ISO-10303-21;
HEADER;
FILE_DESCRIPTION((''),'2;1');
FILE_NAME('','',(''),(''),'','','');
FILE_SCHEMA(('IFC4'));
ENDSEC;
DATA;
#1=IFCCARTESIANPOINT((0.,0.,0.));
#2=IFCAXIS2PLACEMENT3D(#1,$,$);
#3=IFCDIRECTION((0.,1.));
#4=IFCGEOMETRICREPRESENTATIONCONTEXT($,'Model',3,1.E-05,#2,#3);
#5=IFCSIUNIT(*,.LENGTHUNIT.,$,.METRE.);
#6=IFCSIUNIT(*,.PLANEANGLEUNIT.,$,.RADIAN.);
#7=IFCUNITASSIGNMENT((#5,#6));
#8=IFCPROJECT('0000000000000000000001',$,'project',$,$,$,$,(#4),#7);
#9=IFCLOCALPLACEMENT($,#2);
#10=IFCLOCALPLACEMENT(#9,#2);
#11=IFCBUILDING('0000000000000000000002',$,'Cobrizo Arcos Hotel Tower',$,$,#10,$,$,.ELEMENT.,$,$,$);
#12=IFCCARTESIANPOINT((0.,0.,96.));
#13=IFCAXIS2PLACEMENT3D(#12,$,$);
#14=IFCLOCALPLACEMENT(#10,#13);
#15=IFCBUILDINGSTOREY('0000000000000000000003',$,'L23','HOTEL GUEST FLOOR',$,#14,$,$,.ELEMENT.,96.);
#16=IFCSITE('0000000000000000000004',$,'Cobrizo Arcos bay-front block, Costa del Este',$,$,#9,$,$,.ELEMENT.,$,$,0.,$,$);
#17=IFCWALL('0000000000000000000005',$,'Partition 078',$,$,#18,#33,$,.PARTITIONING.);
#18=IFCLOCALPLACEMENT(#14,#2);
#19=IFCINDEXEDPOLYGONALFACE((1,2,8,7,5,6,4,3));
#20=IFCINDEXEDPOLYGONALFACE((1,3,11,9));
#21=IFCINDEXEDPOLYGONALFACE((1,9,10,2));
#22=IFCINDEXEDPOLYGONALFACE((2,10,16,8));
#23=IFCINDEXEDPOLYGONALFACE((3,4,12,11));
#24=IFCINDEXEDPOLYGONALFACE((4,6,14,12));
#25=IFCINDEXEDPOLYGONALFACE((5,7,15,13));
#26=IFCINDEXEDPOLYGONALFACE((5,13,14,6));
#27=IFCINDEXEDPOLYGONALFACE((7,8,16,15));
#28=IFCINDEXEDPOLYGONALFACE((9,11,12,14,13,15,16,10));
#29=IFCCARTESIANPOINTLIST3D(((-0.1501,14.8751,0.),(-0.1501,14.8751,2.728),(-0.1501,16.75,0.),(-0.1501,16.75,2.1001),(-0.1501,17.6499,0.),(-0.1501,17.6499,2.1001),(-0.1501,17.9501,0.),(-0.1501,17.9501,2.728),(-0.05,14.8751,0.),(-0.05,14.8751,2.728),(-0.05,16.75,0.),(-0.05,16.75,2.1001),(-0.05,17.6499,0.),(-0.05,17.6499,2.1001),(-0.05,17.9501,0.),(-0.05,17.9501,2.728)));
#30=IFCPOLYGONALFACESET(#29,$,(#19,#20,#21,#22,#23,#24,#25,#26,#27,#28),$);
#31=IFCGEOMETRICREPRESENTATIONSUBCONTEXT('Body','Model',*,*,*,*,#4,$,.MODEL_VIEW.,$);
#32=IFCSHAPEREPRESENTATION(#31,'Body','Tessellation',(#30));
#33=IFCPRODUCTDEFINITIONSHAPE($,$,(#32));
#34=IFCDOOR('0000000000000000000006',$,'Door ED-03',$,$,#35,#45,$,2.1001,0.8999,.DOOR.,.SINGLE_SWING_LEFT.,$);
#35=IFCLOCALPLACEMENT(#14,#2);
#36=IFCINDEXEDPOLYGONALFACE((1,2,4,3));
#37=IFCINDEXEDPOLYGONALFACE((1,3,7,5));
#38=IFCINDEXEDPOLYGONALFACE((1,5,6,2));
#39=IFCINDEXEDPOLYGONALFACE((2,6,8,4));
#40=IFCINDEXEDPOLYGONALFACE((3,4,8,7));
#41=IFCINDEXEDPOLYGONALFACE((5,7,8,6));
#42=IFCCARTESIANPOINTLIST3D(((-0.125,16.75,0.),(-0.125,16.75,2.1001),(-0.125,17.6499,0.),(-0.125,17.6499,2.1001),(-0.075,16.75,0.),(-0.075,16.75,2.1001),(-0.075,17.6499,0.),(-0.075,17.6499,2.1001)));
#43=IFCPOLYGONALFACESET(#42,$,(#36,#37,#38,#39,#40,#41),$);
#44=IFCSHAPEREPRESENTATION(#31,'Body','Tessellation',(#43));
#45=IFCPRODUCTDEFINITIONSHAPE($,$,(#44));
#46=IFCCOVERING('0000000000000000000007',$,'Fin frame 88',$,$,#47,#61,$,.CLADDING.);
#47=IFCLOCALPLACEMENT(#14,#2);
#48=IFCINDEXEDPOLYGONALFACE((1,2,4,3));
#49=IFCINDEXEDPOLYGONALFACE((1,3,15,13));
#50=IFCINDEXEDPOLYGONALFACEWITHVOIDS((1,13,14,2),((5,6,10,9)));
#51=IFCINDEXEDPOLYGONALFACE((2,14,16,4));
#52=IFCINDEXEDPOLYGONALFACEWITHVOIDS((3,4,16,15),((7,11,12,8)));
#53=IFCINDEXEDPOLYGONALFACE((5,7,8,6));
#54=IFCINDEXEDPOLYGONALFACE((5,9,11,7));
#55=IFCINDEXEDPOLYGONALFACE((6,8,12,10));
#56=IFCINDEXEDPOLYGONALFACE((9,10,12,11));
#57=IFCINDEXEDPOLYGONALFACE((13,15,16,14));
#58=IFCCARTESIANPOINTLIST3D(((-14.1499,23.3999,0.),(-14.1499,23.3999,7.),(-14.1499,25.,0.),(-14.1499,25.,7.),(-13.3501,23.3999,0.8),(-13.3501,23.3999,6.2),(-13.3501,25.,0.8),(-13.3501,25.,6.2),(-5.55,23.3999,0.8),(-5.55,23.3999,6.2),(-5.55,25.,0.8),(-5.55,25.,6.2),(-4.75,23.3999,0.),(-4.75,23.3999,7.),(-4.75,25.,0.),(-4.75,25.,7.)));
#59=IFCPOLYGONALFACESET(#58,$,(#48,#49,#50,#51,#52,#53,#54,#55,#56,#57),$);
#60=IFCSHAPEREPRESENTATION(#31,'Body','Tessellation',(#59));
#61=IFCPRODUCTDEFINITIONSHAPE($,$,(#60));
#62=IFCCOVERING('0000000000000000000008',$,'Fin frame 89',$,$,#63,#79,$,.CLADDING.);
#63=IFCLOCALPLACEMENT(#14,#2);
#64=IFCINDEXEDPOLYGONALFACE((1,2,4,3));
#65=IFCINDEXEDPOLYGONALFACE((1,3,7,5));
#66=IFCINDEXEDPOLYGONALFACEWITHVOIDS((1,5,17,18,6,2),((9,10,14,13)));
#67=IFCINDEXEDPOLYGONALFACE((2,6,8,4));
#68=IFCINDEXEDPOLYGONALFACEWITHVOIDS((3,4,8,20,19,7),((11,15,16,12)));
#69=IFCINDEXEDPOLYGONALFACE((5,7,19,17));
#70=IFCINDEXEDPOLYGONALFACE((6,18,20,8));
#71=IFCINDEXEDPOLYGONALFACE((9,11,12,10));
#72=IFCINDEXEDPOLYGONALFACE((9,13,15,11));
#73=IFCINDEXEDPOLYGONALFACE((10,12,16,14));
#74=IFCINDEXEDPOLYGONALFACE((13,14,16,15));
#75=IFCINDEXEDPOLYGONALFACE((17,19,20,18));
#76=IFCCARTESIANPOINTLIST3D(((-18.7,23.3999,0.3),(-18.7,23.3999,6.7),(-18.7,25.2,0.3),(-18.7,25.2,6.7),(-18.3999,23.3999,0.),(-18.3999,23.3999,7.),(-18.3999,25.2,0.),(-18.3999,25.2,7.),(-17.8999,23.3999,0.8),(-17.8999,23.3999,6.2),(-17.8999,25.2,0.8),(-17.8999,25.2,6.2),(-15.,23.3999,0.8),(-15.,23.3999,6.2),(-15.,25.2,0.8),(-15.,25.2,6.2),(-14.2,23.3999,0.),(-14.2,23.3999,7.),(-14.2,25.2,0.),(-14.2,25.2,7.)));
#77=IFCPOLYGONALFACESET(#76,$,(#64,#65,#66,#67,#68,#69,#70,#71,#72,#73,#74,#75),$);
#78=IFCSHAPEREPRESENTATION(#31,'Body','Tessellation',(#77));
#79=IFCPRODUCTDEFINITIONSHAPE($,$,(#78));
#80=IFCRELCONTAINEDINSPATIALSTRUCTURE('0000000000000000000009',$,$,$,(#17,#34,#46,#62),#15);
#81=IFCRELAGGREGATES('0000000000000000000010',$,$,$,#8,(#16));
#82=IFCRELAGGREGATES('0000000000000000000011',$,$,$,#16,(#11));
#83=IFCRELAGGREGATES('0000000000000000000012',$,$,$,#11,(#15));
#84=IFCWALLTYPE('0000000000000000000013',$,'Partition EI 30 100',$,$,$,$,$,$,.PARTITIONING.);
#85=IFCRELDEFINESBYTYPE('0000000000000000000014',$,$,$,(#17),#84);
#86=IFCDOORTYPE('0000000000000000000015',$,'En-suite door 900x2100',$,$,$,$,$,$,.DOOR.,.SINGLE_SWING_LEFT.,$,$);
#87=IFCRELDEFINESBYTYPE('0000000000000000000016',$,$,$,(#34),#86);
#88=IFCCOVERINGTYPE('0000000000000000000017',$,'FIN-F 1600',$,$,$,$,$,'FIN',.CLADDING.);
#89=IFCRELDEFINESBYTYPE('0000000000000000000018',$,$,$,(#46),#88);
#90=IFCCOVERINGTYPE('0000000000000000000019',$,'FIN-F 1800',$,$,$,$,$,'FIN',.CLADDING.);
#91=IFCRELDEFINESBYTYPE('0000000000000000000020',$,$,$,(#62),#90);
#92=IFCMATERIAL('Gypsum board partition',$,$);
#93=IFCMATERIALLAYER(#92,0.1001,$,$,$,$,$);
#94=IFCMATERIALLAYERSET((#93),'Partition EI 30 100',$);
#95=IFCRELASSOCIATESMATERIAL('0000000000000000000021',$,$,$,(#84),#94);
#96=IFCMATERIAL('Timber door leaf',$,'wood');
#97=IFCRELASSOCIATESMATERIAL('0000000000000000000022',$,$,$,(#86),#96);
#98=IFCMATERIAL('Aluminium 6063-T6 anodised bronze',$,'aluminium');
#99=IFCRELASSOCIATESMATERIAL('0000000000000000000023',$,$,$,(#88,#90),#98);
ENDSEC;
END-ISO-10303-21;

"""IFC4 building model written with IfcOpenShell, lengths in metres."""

from ifc_helpers import new_model, si_unit, direction, frame, frame_2d, origin, place, context, subcontext, project, spatial, polyline, rectangle, outline, extrude, material, layer, layer_set, type_object, element, fill, save


model = new_model("IFC4")

# Units and contexts
model_context = context("Model", 3, precision=1e-05, world=origin(), true_north=direction((0.0, 1.0)))
body_context = subcontext(model_context, "Body", "Model", "MODEL_VIEW")
ifc_project = project(units=[si_unit("LENGTHUNIT", "METRE"), si_unit("PLANEANGLEUNIT", "RADIAN")], contexts=[model_context])

# Site, building, storey
site_placement = place(None, origin())
site = spatial("IfcSite", under=ifc_project, at=site_placement, Name="Cobrizo Arcos bay-front block, Costa del Este", CompositionType="ELEMENT", RefElevation=0.0)
building_placement = place(site_placement, origin())
building = spatial("IfcBuilding", under=site, at=building_placement, Name="Cobrizo Arcos Hotel Tower", CompositionType="ELEMENT")
storey_placement = place(building_placement, frame((0.0, 0.0, 96.0)))
storey = spatial("IfcBuildingStorey", under=building, at=storey_placement, Name="L23", Description="HOTEL GUEST FLOOR", CompositionType="ELEMENT", Elevation=96.0)

# Shared definitions
ifc_material_1 = material(Name="Aluminium 6063-T6 anodised bronze", Category="aluminium")

# Shared definitions
ifc_material_2 = material(Name="Gypsum board partition")
ifc_layer_1 = layer(ifc_material_2, 0.1001)
ifc_layer_set_1 = layer_set([ifc_layer_1], Name="Partition EI 30 100")
wall_type = type_object("IfcWallType", Name="Partition EI 30 100", PredefinedType="PARTITIONING", material=ifc_layer_set_1)

# Wall, opening, door
wall_1_placement = place(storey_placement, frame((-0.1001, 14.875, 0.0), z_axis=(0.0, 0.0, 1.0), x_axis=(0.0, 1.0, 0.0)))
wall_1 = element("IfcWall", 1, at=wall_1_placement, inside=storey, type_object=wall_type, Name="Partition 078", PredefinedType="PARTITIONING", context=body_context, shape_type="SweptSolid", body=[
    extrude(rectangle(XDim=3.075, YDim=0.1001, at=frame_2d((1.5376, 0.0))), origin(), (0.0, 0.0, 1.0), 2.728),
])
opening_placement = place(wall_1_placement, frame((1.875, 0.0, 0.0)))
opening = element("IfcOpeningElement", 2, at=opening_placement, cuts=wall_1, PredefinedType="OPENING", context=body_context, shape_type="SweptSolid", body=[
    extrude(rectangle(XDim=0.8999, YDim=2.1001, at=frame_2d((0.45, 1.05))), frame((0.0, 0.062, 0.0), z_axis=(0.0, -1.0, 0.0), x_axis=(1.0, 0.0, 0.0)), (0.0, 0.0, 1.0), 0.124),
])
ifc_material_3 = material(Name="Timber door leaf", Category="wood")
door_type = type_object("IfcDoorType", Name="En-suite door 900x2100", OperationType="SINGLE_SWING_LEFT", PredefinedType="DOOR", material=ifc_material_3)
door_placement = place(opening_placement, origin())
door = element("IfcDoor", 3, at=door_placement, inside=storey, type_object=door_type, Name="Door ED-03", OperationType="SINGLE_SWING_LEFT", OverallHeight=2.1001, OverallWidth=0.8999, PredefinedType="DOOR", context=body_context, shape_type="SweptSolid", body=[
    extrude(rectangle(XDim=0.8999, YDim=2.1001, at=frame_2d((0.45, 1.05))), frame((0.0, 0.0249, 0.0), z_axis=(0.0, -1.0, 0.0), x_axis=(1.0, 0.0, 0.0)), (0.0, 0.0, 1.0), 0.05),
])
fill(opening, door)

# Coverings
covering_type_1 = type_object("IfcCoveringType", Name="FIN-F 1600", ElementType="FIN", PredefinedType="CLADDING", material=ifc_material_1)
covering_1_placement = place(storey_placement, frame((-4.75, 23.3999, 0.0), z_axis=(0.0, 1.0, 0.0), x_axis=(-1.0, 0.0, 0.0)))
element("IfcCovering", 4, at=covering_1_placement, inside=storey, type_object=covering_type_1, Name="Fin frame 88", PredefinedType="CLADDING", context=body_context, shape_type="SweptSolid", body=[
    extrude(outline(polyline([(0.0, 7.0), (0.0, 0.0), (9.3999, 0.0), (9.3999, 7.0), (0.0, 7.0)]), holes=[polyline([(8.6001, 0.8), (0.8, 0.8), (0.8, 6.2), (8.6001, 6.2), (8.6001, 0.8)])]), origin(), (0.0, 0.0, 1.0), 1.6001),
])
covering_type_2 = type_object("IfcCoveringType", Name="FIN-F 1800", ElementType="FIN", PredefinedType="CLADDING", material=ifc_material_1)
covering_2_placement = place(storey_placement, frame((-14.2, 23.3999, 0.0), z_axis=(0.0, 1.0, 0.0), x_axis=(-1.0, 0.0, 0.0)))
element("IfcCovering", 5, at=covering_2_placement, inside=storey, type_object=covering_type_2, Name="Fin frame 89", PredefinedType="CLADDING", context=body_context, shape_type="SweptSolid", body=[
    extrude(outline(polyline([(0.0, 7.0), (0.0, 0.0), (4.2, 0.0), (4.5, 0.3), (4.5, 6.7), (4.2, 7.0), (0.0, 7.0)]), holes=[polyline([(3.7, 0.8), (0.8, 0.8), (0.8, 6.2), (3.7, 6.2), (3.7, 0.8)])]), origin(), (0.0, 0.0, 1.0), 1.8),
])

save(model, "model.ifc")
